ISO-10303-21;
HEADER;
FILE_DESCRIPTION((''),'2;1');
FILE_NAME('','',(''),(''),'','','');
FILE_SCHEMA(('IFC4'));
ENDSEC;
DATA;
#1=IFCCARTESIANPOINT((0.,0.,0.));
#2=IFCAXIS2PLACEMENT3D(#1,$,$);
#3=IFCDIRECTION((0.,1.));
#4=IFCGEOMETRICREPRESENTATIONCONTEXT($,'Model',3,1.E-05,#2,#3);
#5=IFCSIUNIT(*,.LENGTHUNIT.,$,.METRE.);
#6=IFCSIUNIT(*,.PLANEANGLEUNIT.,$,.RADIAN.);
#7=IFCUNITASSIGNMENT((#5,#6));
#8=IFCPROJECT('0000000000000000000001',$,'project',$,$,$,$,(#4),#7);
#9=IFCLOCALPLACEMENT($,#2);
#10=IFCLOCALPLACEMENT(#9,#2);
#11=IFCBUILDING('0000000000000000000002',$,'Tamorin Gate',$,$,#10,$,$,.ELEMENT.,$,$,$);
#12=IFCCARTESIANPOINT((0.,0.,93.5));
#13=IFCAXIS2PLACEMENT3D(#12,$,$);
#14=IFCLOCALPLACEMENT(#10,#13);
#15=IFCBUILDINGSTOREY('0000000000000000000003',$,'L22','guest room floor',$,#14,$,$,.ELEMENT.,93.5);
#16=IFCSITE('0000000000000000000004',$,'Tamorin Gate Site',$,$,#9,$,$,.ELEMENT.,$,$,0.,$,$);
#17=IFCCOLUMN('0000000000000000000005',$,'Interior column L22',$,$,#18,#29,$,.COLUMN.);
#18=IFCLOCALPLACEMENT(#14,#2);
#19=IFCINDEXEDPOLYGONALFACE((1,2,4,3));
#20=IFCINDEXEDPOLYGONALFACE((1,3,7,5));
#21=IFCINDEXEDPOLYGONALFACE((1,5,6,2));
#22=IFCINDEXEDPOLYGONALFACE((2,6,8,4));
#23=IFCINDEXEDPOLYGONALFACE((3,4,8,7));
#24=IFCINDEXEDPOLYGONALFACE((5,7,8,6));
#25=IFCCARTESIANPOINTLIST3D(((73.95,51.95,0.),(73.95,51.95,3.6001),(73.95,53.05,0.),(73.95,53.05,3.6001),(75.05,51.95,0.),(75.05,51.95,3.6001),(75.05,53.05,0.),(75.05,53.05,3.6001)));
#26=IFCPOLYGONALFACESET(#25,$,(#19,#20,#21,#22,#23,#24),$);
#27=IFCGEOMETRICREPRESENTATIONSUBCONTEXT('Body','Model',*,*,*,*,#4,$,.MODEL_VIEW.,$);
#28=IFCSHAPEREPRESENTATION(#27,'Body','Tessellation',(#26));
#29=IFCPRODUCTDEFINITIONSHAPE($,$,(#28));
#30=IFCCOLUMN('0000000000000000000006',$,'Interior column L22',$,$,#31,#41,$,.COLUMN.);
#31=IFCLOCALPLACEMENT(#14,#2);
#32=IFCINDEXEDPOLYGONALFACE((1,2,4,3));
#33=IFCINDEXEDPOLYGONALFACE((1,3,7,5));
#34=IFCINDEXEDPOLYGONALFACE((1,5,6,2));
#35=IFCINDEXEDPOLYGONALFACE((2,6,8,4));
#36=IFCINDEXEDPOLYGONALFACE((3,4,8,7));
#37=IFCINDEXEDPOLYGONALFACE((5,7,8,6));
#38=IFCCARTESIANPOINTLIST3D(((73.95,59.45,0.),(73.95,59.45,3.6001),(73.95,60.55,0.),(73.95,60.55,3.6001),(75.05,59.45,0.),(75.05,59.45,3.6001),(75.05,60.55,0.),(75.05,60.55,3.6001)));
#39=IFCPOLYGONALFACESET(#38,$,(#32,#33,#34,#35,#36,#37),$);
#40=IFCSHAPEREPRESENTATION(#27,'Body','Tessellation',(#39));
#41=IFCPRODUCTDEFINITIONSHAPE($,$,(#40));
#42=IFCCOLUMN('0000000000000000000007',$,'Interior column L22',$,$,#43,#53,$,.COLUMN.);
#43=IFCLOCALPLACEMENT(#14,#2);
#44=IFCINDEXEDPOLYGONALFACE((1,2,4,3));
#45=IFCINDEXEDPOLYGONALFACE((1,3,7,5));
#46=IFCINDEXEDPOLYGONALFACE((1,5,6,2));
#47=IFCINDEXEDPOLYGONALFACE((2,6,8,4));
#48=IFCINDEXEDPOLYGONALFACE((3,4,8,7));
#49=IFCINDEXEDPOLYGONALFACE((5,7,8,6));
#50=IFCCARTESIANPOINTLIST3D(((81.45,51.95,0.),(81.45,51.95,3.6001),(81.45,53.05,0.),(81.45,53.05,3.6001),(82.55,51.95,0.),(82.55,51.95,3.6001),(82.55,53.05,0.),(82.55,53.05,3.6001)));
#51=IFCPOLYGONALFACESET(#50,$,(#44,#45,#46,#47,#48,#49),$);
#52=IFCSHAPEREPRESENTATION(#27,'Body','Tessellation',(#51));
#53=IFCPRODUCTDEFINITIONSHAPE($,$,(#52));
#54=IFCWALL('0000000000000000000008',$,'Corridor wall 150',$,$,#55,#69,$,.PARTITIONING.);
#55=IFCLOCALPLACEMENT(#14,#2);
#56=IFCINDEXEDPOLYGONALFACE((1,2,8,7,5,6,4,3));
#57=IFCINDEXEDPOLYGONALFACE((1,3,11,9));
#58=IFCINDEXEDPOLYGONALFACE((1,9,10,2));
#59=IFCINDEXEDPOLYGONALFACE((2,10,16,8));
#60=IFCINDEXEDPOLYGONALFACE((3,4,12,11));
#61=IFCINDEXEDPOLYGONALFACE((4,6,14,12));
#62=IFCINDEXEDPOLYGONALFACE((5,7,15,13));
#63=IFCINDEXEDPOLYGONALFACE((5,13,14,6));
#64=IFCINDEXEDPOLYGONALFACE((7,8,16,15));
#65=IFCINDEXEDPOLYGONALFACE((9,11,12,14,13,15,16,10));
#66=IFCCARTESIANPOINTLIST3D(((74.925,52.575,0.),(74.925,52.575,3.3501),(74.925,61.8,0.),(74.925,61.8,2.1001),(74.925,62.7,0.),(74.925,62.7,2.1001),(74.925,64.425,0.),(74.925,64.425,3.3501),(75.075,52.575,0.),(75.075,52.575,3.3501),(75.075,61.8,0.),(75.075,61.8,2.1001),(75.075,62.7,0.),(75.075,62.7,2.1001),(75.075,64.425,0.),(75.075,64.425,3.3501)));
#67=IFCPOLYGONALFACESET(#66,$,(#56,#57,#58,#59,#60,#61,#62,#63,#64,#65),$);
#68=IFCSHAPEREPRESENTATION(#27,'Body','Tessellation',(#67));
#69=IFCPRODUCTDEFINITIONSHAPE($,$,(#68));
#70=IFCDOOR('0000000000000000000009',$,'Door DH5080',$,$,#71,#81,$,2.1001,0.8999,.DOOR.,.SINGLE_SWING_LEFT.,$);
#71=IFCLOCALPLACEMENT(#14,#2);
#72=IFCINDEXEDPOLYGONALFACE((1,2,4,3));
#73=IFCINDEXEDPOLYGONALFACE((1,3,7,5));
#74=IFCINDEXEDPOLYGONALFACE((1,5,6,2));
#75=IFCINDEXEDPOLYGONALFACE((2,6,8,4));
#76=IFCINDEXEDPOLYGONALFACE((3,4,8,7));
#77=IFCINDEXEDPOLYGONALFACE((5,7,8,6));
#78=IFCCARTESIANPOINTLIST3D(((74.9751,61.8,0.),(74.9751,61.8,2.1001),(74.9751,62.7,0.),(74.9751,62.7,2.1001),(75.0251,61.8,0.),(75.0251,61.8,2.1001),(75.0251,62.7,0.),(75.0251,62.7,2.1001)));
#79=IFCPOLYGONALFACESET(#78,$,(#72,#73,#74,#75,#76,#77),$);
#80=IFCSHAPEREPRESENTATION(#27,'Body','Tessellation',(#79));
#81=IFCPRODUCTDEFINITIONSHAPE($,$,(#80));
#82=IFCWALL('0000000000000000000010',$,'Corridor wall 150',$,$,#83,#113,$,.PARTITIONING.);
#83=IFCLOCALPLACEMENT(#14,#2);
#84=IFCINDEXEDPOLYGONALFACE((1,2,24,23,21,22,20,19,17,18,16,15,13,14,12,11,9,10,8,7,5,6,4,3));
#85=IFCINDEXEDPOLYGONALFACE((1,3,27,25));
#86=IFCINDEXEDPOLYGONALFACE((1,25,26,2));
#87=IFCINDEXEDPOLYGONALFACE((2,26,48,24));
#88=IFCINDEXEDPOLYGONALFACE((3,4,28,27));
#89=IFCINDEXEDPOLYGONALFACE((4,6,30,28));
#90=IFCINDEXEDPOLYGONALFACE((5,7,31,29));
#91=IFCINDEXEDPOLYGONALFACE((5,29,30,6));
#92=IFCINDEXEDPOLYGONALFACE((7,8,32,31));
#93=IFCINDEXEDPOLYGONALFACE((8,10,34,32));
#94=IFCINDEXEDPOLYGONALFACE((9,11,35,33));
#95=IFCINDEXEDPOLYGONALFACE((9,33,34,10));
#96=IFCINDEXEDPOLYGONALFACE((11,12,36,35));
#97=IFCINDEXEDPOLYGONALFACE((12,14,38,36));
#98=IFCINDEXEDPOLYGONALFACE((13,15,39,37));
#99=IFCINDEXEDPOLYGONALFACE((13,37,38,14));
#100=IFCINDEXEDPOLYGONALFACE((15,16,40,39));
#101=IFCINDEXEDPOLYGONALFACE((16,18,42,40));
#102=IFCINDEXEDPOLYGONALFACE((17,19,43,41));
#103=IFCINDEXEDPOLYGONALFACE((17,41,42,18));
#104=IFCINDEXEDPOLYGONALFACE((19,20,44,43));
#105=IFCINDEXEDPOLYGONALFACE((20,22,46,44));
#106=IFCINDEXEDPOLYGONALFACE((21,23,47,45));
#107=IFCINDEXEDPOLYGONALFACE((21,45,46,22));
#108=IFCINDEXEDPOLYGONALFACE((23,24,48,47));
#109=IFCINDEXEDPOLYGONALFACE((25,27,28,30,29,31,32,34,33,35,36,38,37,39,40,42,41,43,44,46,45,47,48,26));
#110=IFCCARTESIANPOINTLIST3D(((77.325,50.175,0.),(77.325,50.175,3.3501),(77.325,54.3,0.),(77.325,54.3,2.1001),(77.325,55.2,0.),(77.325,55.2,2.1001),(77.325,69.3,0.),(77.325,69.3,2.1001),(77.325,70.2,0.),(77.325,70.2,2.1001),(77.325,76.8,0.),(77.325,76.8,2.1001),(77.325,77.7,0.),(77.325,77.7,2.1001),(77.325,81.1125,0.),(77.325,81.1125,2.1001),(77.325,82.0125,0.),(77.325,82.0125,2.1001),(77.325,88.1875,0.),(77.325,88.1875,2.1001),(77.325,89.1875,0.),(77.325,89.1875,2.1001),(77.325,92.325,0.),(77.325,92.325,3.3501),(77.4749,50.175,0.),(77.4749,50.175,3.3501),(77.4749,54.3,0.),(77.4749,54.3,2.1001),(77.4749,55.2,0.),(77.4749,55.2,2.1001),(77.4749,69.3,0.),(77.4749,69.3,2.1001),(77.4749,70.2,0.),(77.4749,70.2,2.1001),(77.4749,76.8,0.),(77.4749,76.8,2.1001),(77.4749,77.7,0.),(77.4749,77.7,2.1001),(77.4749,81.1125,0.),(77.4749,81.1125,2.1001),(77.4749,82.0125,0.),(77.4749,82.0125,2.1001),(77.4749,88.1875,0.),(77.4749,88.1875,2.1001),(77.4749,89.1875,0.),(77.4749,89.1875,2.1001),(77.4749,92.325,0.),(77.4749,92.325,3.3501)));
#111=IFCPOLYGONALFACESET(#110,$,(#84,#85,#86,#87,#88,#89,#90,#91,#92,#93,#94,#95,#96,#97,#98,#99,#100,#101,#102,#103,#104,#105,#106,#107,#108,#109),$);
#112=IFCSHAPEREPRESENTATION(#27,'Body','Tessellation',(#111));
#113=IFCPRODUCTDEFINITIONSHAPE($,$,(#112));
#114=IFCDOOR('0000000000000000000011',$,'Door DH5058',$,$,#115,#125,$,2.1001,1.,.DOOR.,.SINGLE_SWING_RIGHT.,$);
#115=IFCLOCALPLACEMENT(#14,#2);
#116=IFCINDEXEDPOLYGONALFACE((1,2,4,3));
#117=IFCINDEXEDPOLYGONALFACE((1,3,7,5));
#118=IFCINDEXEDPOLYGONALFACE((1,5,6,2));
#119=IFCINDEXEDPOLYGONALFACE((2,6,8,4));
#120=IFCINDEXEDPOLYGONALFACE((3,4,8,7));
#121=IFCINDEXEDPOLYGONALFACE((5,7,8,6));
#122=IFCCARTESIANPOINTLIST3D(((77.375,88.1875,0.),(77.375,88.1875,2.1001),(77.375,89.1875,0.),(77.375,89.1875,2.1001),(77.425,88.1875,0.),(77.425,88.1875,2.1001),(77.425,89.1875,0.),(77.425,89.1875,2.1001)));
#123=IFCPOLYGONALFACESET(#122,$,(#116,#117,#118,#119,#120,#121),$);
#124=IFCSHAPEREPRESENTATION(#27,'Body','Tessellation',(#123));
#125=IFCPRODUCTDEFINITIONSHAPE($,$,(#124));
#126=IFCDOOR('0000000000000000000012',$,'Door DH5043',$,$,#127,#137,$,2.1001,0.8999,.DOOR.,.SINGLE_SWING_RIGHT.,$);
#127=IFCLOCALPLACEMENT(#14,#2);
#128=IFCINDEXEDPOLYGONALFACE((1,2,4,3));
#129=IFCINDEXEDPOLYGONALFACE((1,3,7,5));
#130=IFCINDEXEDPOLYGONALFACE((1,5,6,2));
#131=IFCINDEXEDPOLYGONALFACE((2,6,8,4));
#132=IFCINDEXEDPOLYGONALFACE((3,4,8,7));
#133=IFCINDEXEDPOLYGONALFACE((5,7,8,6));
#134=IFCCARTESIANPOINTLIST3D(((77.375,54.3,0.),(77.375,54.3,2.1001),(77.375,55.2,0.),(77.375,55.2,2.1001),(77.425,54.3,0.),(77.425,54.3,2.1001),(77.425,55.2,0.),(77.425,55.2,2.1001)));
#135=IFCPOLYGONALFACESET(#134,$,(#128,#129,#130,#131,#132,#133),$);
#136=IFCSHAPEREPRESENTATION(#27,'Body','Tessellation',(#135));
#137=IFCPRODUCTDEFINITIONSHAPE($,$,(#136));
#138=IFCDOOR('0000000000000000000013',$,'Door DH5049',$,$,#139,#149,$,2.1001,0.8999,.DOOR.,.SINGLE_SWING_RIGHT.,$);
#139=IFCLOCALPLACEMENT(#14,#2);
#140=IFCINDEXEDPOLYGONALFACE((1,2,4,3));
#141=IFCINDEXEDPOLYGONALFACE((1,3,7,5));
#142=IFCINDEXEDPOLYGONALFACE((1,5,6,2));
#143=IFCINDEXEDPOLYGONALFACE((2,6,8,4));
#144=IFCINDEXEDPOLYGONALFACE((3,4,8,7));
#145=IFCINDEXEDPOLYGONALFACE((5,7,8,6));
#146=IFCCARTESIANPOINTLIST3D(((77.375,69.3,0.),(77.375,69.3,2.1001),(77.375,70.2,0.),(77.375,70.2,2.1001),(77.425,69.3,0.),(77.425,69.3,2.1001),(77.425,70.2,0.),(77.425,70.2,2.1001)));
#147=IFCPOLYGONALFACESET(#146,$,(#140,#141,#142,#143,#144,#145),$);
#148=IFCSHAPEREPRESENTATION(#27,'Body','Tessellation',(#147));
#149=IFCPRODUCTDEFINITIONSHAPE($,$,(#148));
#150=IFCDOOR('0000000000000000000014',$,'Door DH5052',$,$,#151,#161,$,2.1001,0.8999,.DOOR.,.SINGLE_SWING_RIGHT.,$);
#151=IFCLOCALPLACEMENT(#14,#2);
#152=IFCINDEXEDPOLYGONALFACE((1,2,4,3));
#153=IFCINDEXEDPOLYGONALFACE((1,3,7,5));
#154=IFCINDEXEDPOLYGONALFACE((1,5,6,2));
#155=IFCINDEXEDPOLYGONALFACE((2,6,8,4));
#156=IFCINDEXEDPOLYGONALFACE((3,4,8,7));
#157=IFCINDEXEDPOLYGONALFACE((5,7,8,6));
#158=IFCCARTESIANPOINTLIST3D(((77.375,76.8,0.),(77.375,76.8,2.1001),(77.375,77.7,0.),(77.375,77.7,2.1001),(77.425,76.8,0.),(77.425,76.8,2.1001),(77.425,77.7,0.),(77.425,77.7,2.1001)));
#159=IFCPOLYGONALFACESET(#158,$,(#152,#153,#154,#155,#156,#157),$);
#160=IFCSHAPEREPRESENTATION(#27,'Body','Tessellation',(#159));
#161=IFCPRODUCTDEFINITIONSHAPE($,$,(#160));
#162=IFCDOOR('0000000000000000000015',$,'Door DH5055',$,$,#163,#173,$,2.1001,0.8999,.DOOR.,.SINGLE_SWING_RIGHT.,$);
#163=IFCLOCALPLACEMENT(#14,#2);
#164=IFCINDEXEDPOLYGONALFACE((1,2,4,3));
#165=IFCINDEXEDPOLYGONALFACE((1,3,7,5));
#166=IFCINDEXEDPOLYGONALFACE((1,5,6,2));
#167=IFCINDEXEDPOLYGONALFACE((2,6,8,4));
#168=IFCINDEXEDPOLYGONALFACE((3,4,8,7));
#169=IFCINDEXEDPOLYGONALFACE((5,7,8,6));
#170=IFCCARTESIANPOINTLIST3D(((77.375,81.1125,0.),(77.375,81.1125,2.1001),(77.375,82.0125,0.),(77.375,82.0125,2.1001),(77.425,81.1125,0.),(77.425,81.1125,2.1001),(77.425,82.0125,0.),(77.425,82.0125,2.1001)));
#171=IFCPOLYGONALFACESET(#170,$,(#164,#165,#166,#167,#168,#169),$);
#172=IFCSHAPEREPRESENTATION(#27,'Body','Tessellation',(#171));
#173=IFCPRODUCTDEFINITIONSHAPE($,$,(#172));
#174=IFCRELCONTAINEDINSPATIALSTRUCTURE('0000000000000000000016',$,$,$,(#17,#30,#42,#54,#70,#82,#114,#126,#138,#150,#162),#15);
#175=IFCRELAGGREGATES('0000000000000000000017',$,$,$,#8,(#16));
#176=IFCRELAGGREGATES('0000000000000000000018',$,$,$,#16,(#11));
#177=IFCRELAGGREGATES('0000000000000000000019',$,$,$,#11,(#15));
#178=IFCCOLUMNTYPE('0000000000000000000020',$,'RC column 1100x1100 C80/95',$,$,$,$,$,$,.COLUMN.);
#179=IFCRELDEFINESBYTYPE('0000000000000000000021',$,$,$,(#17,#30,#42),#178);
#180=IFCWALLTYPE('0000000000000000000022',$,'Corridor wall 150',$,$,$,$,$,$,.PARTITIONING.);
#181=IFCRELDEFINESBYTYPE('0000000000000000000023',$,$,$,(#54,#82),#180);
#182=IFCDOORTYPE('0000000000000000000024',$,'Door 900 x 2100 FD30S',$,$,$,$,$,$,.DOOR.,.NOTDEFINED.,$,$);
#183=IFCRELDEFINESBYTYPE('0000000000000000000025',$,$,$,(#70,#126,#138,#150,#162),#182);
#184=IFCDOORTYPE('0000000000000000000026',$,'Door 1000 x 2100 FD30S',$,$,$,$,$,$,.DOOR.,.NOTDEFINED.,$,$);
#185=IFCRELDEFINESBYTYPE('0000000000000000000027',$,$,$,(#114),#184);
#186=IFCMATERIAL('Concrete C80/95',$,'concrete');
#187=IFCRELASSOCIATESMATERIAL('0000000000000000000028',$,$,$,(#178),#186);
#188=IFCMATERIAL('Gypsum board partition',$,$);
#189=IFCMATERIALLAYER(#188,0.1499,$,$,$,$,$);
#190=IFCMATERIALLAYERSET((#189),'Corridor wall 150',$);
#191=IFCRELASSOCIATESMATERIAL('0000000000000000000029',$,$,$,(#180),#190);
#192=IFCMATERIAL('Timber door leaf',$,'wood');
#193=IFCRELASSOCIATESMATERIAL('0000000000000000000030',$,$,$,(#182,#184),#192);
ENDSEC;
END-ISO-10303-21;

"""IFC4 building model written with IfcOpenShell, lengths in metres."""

from ifc_helpers import new_model, si_unit, direction, frame, frame_2d, origin, origin_2d, place, context, subcontext, project, spatial, rectangle, extrude, material, layer, layer_set, material_profile, profile_set, type_object, element, fill, save


model = new_model("IFC4")

# Units and contexts
model_context = context("Model", 3, precision=1e-05, world=origin(), true_north=direction((0.0, 1.0)))
body_context = subcontext(model_context, "Body", "Model", "MODEL_VIEW")
ifc_project = project(units=[si_unit("LENGTHUNIT", "METRE"), si_unit("PLANEANGLEUNIT", "RADIAN")], contexts=[model_context])

# Site, building, storey
site_placement = place(None, origin())
site = spatial("IfcSite", under=ifc_project, at=site_placement, Name="Tamorin Gate Site", CompositionType="ELEMENT", RefElevation=0.0)
building_placement = place(site_placement, origin())
building = spatial("IfcBuilding", under=site, at=building_placement, Name="Tamorin Gate", CompositionType="ELEMENT")
storey_placement = place(building_placement, frame((0.0, 0.0, 93.5)))
storey = spatial("IfcBuildingStorey", under=building, at=storey_placement, Name="L22", Description="guest room floor", CompositionType="ELEMENT", Elevation=93.5)

# Columns
ifc_material_1 = material(Name="Concrete C80/95", Category="concrete")
ifc_material_profile = material_profile(ifc_material_1, rectangle(XDim=1.1001, YDim=1.1001, at=origin_2d()), Name="RC 1100x1100")
ifc_profile_set = profile_set([ifc_material_profile], Name="Concrete C80/95")
column_type = type_object("IfcColumnType", Name="RC column 1100x1100 C80/95", PredefinedType="COLUMN", material=ifc_profile_set)
for number, where, z_axis, x_axis, name in (
    (1, (74.5, 52.5, 0.0), (0.0, 0.0, 1.0), (1.0, 0.0, 0.0), "Interior column L22"),
    (2, (74.5, 60.0, 0.0), (0.0, 0.0, 1.0), (1.0, 0.0, 0.0), "Interior column L22"),
    (3, (82.0, 52.5, 0.0), (0.0, 0.0, 1.0), (1.0, 0.0, 0.0), "Interior column L22"),
):
    element("IfcColumn", number, at=place(storey_placement, frame(where, z_axis=z_axis, x_axis=x_axis)), inside=storey, type_object=column_type, Name=name, PredefinedType="COLUMN", context=body_context, shape_type="SweptSolid", body=[
        extrude(rectangle(XDim=1.1001, YDim=1.1001, at=origin_2d()), origin(), (0.0, 0.0, 1.0), 3.6001),
    ])

# Wall, opening, door
ifc_material_2 = material(Name="Gypsum board partition")
ifc_layer_1 = layer(ifc_material_2, 0.1499)
ifc_layer_set_1 = layer_set([ifc_layer_1], Name="Corridor wall 150")
wall_type_1 = type_object("IfcWallType", Name="Corridor wall 150", PredefinedType="PARTITIONING", material=ifc_layer_set_1)
wall_1_placement = place(storey_placement, frame((75.0, 52.575, 0.0), z_axis=(0.0, 0.0, 1.0), x_axis=(0.0, 1.0, 0.0)))
wall_1 = element("IfcWall", 4, at=wall_1_placement, inside=storey, type_object=wall_type_1, Name="Corridor wall 150", PredefinedType="PARTITIONING", context=body_context, shape_type="SweptSolid", body=[
    extrude(rectangle(XDim=11.8501, YDim=0.1499, at=frame_2d((5.925, 0.0))), origin(), (0.0, 0.0, 1.0), 3.3501),
])
opening_1_placement = place(wall_1_placement, frame((9.2251, 0.0, 0.0)))
opening_1 = element("IfcOpeningElement", 5, at=opening_1_placement, cuts=wall_1, PredefinedType="OPENING", context=body_context, shape_type="SweptSolid", body=[
    extrude(rectangle(XDim=0.8999, YDim=2.1001, at=frame_2d((0.45, 1.05))), frame((0.0, 0.085, 0.0), z_axis=(0.0, -1.0, 0.0), x_axis=(1.0, 0.0, 0.0)), (0.0, 0.0, 1.0), 0.1699),
])
ifc_material_3 = material(Name="Timber door leaf", Category="wood")
door_type_1 = type_object("IfcDoorType", Name="Door 900 x 2100 FD30S", OperationType="NOTDEFINED", PredefinedType="DOOR", material=ifc_material_3)
door_1_placement = place(opening_1_placement, origin())
door_1 = element("IfcDoor", 6, at=door_1_placement, inside=storey, type_object=door_type_1, Name="Door DH5080", OperationType="SINGLE_SWING_LEFT", OverallHeight=2.1001, OverallWidth=0.8999, PredefinedType="DOOR", context=body_context, shape_type="SweptSolid", body=[
    extrude(rectangle(XDim=0.8999, YDim=2.1001, at=frame_2d((0.45, 1.05))), frame((0.0, 0.0249, 0.0), z_axis=(0.0, -1.0, 0.0), x_axis=(1.0, 0.0, 0.0)), (0.0, 0.0, 1.0), 0.05),
])
fill(opening_1, door_1)

# Wall, openings, doors
wall_2_placement = place(storey_placement, frame((77.3999, 50.175, 0.0), z_axis=(0.0, 0.0, 1.0), x_axis=(0.0, 1.0, 0.0)))
wall_2 = element("IfcWall", 7, at=wall_2_placement, inside=storey, type_object=wall_type_1, Name="Corridor wall 150", PredefinedType="PARTITIONING", context=body_context, shape_type="SweptSolid", body=[
    extrude(rectangle(XDim=42.1499, YDim=0.1499, at=frame_2d((21.075, 0.0))), origin(), (0.0, 0.0, 1.0), 3.3501),
])
opening_2_placement = place(wall_2_placement, frame((4.125, 0.0, 0.0)))
opening_2 = element("IfcOpeningElement", 8, at=opening_2_placement, cuts=wall_2, PredefinedType="OPENING", context=body_context, shape_type="SweptSolid", body=[
    extrude(rectangle(XDim=0.8999, YDim=2.1001, at=frame_2d((0.45, 1.05))), frame((0.0, 0.085, 0.0), z_axis=(0.0, -1.0, 0.0), x_axis=(1.0, 0.0, 0.0)), (0.0, 0.0, 1.0), 0.1699),
])
opening_3_placement = place(wall_2_placement, frame((19.125, 0.0, 0.0)))
opening_3 = element("IfcOpeningElement", 9, at=opening_3_placement, cuts=wall_2, PredefinedType="OPENING", context=body_context, shape_type="SweptSolid", body=[
    extrude(rectangle(XDim=0.8999, YDim=2.1001, at=frame_2d((0.45, 1.05))), frame((0.0, 0.085, 0.0), z_axis=(0.0, -1.0, 0.0), x_axis=(1.0, 0.0, 0.0)), (0.0, 0.0, 1.0), 0.1699),
])
opening_4_placement = place(wall_2_placement, frame((26.625, 0.0, 0.0)))
opening_4 = element("IfcOpeningElement", 10, at=opening_4_placement, cuts=wall_2, PredefinedType="OPENING", context=body_context, shape_type="SweptSolid", body=[
    extrude(rectangle(XDim=0.8999, YDim=2.1001, at=frame_2d((0.45, 1.05))), frame((0.0, 0.085, 0.0), z_axis=(0.0, -1.0, 0.0), x_axis=(1.0, 0.0, 0.0)), (0.0, 0.0, 1.0), 0.1699),
])
opening_5_placement = place(wall_2_placement, frame((30.9375, 0.0, 0.0)))
opening_5 = element("IfcOpeningElement", 11, at=opening_5_placement, cuts=wall_2, PredefinedType="OPENING", context=body_context, shape_type="SweptSolid", body=[
    extrude(rectangle(XDim=0.8999, YDim=2.1001, at=frame_2d((0.45, 1.05))), frame((0.0, 0.085, 0.0), z_axis=(0.0, -1.0, 0.0), x_axis=(1.0, 0.0, 0.0)), (0.0, 0.0, 1.0), 0.1699),
])
opening_6_placement = place(wall_2_placement, frame((38.0125, 0.0, 0.0)))
opening_6 = element("IfcOpeningElement", 12, at=opening_6_placement, cuts=wall_2, PredefinedType="OPENING", context=body_context, shape_type="SweptSolid", body=[
    extrude(rectangle(XDim=1.0, YDim=2.1001, at=frame_2d((0.5, 1.05))), frame((0.0, 0.085, 0.0), z_axis=(0.0, -1.0, 0.0), x_axis=(1.0, 0.0, 0.0)), (0.0, 0.0, 1.0), 0.1699),
])
door_type_2 = type_object("IfcDoorType", Name="Door 1000 x 2100 FD30S", OperationType="NOTDEFINED", PredefinedType="DOOR", material=ifc_material_3)
door_2_placement = place(opening_6_placement, origin())
door_2 = element("IfcDoor", 13, at=door_2_placement, inside=storey, type_object=door_type_2, Name="Door DH5058", OperationType="SINGLE_SWING_RIGHT", OverallHeight=2.1001, OverallWidth=1.0, PredefinedType="DOOR", context=body_context, shape_type="SweptSolid", body=[
    extrude(rectangle(XDim=1.0, YDim=2.1001, at=frame_2d((0.5, 1.05))), frame((0.0, 0.0249, 0.0), z_axis=(0.0, -1.0, 0.0), x_axis=(1.0, 0.0, 0.0)), (0.0, 0.0, 1.0), 0.05),
])
fill(opening_6, door_2)
door_3_placement = place(opening_2_placement, origin())
door_3 = element("IfcDoor", 14, at=door_3_placement, inside=storey, type_object=door_type_1, Name="Door DH5043", OperationType="SINGLE_SWING_RIGHT", OverallHeight=2.1001, OverallWidth=0.8999, PredefinedType="DOOR", context=body_context, shape_type="SweptSolid", body=[
    extrude(rectangle(XDim=0.8999, YDim=2.1001, at=frame_2d((0.45, 1.05))), frame((0.0, 0.0249, 0.0), z_axis=(0.0, -1.0, 0.0), x_axis=(1.0, 0.0, 0.0)), (0.0, 0.0, 1.0), 0.05),
])
fill(opening_2, door_3)
door_4_placement = place(opening_3_placement, origin())
door_4 = element("IfcDoor", 15, at=door_4_placement, inside=storey, type_object=door_type_1, Name="Door DH5049", OperationType="SINGLE_SWING_RIGHT", OverallHeight=2.1001, OverallWidth=0.8999, PredefinedType="DOOR", context=body_context, shape_type="SweptSolid", body=[
    extrude(rectangle(XDim=0.8999, YDim=2.1001, at=frame_2d((0.45, 1.05))), frame((0.0, 0.0249, 0.0), z_axis=(0.0, -1.0, 0.0), x_axis=(1.0, 0.0, 0.0)), (0.0, 0.0, 1.0), 0.05),
])
fill(opening_3, door_4)
door_5_placement = place(opening_4_placement, origin())
door_5 = element("IfcDoor", 16, at=door_5_placement, inside=storey, type_object=door_type_1, Name="Door DH5052", OperationType="SINGLE_SWING_RIGHT", OverallHeight=2.1001, OverallWidth=0.8999, PredefinedType="DOOR", context=body_context, shape_type="SweptSolid", body=[
    extrude(rectangle(XDim=0.8999, YDim=2.1001, at=frame_2d((0.45, 1.05))), frame((0.0, 0.0249, 0.0), z_axis=(0.0, -1.0, 0.0), x_axis=(1.0, 0.0, 0.0)), (0.0, 0.0, 1.0), 0.05),
])
fill(opening_4, door_5)
door_6_placement = place(opening_5_placement, origin())
door_6 = element("IfcDoor", 17, at=door_6_placement, inside=storey, type_object=door_type_1, Name="Door DH5055", OperationType="SINGLE_SWING_RIGHT", OverallHeight=2.1001, OverallWidth=0.8999, PredefinedType="DOOR", context=body_context, shape_type="SweptSolid", body=[
    extrude(rectangle(XDim=0.8999, YDim=2.1001, at=frame_2d((0.45, 1.05))), frame((0.0, 0.0249, 0.0), z_axis=(0.0, -1.0, 0.0), x_axis=(1.0, 0.0, 0.0)), (0.0, 0.0, 1.0), 0.05),
])
fill(opening_5, door_6)

save(model, "model.ifc")
